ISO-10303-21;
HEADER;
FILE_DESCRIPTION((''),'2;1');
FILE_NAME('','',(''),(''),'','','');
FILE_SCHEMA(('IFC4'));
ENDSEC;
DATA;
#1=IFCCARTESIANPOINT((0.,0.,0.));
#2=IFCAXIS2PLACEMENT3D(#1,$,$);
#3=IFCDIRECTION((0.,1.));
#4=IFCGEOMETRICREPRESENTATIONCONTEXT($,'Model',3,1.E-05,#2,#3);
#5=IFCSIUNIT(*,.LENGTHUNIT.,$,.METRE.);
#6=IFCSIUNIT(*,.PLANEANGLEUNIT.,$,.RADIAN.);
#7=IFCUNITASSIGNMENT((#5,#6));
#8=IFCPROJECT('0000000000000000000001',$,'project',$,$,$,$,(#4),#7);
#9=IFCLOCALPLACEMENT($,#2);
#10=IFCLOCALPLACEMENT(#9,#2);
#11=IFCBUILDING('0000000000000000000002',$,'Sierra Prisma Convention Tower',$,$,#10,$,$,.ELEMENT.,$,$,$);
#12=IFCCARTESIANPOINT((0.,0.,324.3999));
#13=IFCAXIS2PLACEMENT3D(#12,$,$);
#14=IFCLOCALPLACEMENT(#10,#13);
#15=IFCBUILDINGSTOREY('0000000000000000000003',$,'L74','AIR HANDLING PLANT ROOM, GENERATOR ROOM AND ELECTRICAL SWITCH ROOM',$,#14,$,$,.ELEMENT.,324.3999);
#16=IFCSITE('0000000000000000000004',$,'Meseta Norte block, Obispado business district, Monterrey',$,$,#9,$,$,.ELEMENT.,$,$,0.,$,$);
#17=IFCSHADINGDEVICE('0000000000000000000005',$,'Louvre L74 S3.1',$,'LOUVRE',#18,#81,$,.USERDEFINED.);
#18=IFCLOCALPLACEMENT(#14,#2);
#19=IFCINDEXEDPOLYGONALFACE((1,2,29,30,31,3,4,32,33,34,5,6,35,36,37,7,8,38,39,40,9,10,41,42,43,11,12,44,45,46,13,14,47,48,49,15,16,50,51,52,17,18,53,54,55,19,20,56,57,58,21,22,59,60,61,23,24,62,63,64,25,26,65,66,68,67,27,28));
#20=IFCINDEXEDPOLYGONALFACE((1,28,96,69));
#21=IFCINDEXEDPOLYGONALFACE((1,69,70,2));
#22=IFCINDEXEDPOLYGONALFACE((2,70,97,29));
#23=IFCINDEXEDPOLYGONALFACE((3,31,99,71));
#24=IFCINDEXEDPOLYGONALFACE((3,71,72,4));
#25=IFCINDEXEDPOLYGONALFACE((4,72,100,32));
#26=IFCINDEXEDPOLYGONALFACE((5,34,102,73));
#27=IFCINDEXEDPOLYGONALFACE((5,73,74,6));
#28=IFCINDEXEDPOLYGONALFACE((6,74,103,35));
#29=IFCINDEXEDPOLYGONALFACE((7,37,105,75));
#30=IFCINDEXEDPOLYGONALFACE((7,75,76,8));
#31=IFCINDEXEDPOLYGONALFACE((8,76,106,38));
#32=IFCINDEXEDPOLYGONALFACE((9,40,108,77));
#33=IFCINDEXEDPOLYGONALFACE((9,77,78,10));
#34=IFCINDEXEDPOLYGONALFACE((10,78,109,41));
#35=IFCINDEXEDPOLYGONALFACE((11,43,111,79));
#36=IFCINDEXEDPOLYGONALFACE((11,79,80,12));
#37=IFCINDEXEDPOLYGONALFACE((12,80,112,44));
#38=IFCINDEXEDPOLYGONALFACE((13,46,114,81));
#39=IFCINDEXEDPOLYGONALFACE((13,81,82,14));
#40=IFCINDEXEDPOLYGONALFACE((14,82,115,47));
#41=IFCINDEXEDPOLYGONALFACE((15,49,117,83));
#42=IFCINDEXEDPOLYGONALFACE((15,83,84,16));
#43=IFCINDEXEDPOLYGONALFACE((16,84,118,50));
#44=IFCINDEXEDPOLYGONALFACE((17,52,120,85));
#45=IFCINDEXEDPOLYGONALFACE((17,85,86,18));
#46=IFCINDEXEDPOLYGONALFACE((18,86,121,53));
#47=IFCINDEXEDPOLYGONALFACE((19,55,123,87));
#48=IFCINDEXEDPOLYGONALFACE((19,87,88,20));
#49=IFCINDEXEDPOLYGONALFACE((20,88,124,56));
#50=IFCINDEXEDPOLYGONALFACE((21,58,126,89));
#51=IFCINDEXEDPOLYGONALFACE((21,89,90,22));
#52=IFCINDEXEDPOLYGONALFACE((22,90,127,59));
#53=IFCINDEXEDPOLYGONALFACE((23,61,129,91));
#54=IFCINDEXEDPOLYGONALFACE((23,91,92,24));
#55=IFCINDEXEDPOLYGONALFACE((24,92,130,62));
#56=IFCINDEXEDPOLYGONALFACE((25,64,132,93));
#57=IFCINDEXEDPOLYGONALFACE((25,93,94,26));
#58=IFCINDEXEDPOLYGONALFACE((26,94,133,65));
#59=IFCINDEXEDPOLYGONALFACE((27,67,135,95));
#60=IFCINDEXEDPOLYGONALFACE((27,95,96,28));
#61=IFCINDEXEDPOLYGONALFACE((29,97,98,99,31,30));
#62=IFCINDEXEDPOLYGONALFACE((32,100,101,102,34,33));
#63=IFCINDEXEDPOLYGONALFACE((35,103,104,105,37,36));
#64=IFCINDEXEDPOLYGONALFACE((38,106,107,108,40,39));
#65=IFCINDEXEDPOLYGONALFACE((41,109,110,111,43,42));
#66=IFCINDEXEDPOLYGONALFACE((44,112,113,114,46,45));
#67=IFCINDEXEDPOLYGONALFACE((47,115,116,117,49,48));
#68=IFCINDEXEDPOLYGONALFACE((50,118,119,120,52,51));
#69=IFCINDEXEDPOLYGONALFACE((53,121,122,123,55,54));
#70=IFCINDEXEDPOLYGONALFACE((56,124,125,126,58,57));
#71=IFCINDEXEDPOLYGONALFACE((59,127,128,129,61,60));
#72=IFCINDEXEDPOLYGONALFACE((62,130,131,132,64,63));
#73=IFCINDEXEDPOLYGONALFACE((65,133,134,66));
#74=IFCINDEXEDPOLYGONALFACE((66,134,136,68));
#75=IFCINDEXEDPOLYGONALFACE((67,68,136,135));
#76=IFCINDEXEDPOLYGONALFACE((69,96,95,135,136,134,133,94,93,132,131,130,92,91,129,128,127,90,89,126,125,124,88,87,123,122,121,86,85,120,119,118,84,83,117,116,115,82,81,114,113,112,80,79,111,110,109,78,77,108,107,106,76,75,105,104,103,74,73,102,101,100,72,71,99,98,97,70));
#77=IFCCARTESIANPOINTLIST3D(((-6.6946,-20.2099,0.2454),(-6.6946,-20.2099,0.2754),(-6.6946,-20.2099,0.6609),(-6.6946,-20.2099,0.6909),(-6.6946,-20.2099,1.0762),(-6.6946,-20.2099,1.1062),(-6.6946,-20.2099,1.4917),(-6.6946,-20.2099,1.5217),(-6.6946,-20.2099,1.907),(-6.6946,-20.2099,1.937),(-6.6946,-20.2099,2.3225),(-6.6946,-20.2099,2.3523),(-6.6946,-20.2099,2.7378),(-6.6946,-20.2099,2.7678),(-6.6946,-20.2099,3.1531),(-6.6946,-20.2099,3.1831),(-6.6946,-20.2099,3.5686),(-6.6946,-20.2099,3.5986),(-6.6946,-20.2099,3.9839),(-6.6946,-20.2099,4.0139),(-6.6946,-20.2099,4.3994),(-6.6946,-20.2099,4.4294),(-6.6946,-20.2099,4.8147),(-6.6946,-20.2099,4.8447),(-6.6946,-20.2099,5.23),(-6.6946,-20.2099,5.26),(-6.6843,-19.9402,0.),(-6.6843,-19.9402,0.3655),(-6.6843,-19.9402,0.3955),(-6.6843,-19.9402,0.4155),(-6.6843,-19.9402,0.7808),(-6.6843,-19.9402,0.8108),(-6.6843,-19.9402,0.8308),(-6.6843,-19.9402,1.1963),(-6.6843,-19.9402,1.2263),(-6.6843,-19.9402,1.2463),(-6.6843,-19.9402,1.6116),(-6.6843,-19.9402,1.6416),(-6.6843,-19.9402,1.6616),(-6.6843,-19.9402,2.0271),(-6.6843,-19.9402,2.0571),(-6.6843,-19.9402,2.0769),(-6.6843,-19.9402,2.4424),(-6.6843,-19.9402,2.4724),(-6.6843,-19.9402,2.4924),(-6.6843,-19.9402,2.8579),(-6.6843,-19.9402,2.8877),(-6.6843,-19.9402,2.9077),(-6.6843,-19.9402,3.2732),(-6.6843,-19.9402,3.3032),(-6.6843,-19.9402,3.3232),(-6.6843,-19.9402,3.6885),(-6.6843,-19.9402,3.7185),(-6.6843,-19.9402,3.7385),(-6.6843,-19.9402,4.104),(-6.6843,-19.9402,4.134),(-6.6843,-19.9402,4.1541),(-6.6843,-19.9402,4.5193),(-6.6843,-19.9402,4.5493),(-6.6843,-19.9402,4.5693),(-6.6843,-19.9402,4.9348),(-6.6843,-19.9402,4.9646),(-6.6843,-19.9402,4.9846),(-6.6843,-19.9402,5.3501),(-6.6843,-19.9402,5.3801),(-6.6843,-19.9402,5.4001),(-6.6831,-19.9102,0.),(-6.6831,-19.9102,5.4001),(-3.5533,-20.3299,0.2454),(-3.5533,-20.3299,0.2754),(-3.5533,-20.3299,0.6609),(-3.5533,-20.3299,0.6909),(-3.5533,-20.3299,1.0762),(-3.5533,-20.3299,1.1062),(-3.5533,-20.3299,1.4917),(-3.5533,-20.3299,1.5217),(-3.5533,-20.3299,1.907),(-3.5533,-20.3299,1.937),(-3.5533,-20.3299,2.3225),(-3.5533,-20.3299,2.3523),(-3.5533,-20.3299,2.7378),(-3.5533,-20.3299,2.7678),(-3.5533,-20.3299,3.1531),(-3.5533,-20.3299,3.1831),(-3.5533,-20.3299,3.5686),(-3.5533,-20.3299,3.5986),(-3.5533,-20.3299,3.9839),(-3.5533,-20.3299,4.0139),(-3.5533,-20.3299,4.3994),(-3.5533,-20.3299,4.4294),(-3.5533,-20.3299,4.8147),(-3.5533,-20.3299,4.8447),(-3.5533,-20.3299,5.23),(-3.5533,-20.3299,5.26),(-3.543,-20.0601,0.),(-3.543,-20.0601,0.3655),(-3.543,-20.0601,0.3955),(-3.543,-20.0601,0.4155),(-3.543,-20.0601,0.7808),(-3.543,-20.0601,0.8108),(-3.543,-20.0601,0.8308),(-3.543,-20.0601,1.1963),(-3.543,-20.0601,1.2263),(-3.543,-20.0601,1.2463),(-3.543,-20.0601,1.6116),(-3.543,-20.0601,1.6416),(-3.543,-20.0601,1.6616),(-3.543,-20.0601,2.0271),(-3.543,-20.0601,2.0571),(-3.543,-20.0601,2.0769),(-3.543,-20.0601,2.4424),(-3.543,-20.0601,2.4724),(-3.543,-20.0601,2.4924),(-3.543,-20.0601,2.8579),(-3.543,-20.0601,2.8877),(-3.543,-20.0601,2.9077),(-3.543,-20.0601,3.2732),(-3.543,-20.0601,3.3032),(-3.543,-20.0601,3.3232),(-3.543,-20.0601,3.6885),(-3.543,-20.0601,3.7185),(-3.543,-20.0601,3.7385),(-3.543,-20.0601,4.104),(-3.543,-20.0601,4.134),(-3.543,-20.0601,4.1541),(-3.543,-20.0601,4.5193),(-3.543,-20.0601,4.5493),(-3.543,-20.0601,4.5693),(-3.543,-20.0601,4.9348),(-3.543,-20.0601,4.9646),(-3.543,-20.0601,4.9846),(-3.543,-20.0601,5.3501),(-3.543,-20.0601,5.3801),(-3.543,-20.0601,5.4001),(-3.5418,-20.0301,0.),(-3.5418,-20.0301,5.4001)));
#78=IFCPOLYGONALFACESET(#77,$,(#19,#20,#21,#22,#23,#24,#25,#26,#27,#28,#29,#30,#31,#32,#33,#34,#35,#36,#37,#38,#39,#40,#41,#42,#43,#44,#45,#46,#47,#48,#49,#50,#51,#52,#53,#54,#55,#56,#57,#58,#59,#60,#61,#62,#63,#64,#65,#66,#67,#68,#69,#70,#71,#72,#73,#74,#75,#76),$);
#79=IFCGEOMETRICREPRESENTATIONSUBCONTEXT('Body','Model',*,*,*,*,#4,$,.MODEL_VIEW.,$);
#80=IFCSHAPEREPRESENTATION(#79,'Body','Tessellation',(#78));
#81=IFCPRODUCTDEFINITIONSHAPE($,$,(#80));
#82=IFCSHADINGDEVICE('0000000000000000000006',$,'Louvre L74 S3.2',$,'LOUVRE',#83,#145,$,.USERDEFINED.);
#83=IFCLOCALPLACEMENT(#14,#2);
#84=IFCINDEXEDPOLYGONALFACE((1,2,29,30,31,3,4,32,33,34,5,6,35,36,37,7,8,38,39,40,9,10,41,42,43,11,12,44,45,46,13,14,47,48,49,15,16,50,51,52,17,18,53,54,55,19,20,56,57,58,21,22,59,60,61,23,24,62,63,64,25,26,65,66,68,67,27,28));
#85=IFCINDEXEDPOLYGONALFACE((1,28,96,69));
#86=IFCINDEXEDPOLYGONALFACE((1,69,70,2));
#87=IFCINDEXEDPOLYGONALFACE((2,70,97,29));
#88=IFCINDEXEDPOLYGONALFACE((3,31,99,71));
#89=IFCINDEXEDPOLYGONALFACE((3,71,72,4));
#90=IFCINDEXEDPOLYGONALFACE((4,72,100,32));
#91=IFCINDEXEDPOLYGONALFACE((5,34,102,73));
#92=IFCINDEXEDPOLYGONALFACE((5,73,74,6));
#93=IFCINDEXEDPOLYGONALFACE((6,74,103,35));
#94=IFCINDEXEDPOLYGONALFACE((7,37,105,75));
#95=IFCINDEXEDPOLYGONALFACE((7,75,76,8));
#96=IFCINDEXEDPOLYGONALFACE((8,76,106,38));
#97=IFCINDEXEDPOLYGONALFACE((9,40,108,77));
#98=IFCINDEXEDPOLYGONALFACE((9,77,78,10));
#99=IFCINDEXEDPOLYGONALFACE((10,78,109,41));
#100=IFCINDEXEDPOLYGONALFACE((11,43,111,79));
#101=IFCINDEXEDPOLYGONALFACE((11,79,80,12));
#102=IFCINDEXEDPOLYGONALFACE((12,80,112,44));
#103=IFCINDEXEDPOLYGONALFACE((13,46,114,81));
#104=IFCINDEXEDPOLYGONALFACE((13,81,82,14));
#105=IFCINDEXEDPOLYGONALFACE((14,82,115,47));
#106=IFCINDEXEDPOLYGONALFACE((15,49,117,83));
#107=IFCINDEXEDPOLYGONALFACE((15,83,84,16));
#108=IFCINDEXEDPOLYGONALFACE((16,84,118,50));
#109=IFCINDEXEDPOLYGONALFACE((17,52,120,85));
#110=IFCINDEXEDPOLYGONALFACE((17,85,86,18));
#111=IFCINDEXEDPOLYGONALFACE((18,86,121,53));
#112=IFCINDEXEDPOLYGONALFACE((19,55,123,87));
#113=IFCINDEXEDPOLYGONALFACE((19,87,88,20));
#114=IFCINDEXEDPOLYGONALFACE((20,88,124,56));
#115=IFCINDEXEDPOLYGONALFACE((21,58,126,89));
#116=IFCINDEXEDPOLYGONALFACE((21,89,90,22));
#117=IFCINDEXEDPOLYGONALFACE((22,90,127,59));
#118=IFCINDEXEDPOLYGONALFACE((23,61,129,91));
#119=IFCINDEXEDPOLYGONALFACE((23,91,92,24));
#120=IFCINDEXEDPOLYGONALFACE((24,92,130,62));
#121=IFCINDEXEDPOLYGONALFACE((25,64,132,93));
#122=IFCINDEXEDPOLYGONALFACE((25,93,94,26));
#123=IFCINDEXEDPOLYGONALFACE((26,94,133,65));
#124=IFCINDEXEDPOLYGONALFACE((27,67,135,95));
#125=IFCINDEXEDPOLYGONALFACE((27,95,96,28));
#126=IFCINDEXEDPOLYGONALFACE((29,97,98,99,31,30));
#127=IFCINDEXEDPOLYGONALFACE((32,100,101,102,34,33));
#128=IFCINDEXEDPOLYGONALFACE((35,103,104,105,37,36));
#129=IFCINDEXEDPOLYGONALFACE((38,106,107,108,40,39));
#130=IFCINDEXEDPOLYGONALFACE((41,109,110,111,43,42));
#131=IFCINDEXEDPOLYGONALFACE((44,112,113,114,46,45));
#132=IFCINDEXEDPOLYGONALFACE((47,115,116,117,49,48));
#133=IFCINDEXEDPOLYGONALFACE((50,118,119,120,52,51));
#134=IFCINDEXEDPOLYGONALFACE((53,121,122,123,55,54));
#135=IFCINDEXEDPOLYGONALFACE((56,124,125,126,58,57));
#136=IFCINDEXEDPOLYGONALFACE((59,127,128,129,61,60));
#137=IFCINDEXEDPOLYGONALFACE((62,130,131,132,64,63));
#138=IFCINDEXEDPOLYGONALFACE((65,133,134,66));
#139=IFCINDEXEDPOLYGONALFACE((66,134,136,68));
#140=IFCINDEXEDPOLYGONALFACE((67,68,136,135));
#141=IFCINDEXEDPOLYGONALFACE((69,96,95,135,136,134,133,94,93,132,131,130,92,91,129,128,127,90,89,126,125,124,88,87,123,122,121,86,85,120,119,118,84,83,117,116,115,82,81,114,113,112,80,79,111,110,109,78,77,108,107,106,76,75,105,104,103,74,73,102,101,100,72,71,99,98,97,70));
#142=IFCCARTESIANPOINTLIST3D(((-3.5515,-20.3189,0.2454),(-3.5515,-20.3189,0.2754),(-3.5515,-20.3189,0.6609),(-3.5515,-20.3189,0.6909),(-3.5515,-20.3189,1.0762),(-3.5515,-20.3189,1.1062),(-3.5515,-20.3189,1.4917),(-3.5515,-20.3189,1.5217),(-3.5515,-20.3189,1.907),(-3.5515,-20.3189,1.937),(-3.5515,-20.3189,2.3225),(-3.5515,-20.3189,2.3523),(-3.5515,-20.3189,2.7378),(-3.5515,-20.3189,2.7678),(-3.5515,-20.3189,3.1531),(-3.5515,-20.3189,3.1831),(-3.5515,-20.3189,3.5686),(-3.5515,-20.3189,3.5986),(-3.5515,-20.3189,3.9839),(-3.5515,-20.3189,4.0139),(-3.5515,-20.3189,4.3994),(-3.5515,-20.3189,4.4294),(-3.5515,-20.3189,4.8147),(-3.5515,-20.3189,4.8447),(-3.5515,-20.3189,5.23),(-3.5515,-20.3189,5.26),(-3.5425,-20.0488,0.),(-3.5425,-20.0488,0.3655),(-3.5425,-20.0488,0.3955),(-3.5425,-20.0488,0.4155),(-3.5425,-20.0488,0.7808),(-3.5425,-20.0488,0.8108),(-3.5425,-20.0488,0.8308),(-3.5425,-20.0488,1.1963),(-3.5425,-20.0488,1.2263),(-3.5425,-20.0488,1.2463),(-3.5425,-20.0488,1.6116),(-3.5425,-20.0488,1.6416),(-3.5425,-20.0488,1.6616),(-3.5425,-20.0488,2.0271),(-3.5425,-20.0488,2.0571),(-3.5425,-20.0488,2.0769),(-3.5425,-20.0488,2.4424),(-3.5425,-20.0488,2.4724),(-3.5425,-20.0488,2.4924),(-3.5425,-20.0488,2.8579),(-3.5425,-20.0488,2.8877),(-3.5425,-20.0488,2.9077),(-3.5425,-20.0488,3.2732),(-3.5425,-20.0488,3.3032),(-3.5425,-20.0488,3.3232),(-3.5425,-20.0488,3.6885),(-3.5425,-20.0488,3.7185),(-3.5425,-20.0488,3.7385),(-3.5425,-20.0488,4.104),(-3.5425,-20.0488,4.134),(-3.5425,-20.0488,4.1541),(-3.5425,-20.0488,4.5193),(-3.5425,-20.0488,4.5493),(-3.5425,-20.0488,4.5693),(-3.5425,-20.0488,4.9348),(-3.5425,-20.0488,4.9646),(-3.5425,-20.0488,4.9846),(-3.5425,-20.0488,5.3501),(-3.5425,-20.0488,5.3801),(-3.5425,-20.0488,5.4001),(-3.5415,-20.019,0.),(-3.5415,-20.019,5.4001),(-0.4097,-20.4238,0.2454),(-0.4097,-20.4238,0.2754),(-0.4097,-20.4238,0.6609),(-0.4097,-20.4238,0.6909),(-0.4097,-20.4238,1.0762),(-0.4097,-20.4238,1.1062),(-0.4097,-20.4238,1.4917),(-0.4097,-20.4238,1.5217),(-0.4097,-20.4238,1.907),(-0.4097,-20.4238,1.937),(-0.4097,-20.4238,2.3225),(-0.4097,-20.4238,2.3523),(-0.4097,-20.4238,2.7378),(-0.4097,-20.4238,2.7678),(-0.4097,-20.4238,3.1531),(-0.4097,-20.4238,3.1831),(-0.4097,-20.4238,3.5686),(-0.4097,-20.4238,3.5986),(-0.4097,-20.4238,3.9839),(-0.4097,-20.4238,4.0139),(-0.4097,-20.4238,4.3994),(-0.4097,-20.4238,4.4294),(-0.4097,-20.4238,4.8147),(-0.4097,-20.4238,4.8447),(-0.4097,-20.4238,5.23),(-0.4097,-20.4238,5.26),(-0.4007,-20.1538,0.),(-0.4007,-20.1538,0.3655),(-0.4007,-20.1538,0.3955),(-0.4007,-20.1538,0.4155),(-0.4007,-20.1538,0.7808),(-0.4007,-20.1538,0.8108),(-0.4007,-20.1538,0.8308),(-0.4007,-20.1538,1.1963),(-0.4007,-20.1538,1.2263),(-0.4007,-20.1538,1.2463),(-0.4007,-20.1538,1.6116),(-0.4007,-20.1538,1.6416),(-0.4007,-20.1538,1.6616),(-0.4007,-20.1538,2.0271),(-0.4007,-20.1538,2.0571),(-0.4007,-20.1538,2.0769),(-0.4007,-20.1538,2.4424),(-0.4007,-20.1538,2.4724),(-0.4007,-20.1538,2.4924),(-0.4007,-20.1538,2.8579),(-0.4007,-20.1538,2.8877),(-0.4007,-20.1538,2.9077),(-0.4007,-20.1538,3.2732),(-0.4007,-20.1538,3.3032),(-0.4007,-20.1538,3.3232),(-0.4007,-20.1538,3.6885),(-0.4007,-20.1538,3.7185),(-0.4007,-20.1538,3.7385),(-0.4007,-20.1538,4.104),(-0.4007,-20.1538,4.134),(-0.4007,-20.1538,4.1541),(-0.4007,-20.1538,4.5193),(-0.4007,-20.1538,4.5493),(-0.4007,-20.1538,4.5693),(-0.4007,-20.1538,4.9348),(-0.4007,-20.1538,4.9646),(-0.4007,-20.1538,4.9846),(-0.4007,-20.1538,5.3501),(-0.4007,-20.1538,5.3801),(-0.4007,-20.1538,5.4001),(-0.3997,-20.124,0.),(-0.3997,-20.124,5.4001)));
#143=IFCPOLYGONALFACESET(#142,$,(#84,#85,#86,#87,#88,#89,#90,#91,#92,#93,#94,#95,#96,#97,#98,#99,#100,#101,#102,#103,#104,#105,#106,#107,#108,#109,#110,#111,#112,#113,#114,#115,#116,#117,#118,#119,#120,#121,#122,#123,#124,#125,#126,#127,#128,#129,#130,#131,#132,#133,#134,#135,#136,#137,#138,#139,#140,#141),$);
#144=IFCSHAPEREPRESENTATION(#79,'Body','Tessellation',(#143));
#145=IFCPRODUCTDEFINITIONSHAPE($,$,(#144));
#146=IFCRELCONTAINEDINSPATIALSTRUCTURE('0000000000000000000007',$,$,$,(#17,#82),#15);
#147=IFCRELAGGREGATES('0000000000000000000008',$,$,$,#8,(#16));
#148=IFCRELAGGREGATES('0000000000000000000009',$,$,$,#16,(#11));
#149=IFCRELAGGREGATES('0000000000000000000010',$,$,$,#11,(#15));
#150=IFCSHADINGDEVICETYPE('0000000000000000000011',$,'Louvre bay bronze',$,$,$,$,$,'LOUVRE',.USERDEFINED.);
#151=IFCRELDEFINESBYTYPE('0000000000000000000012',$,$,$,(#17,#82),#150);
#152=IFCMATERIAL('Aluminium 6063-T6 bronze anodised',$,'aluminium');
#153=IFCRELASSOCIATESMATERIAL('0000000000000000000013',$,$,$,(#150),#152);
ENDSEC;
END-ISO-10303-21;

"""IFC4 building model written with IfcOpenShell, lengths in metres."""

from ifc_helpers import new_model, si_unit, direction, frame, origin, place, context, subcontext, project, spatial, polyline, outline, extrude, material, type_object, element, save


model = new_model("IFC4")

# Units and contexts
model_context = context("Model", 3, precision=1e-05, world=origin(), true_north=direction((0.0, 1.0)))
body_context = subcontext(model_context, "Body", "Model", "MODEL_VIEW")
ifc_project = project(units=[si_unit("LENGTHUNIT", "METRE"), si_unit("PLANEANGLEUNIT", "RADIAN")], contexts=[model_context])

# Site, building, storey
site_placement = place(None, origin())
site = spatial("IfcSite", under=ifc_project, at=site_placement, Name="Meseta Norte block, Obispado business district, Monterrey", CompositionType="ELEMENT", RefElevation=0.0)
building_placement = place(site_placement, origin())
building = spatial("IfcBuilding", under=site, at=building_placement, Name="Sierra Prisma Convention Tower", CompositionType="ELEMENT")
storey_placement = place(building_placement, frame((0.0, 0.0, 324.3999)))
storey = spatial("IfcBuildingStorey", under=building, at=storey_placement, Name="L74", Description="AIR HANDLING PLANT ROOM, GENERATOR ROOM AND ELECTRICAL SWITCH ROOM", CompositionType="ELEMENT", Elevation=324.3999)

# Shading devices
ifc_material_1 = material(Name="Aluminium 6063-T6 bronze anodised", Category="aluminium")
shading_device_type = type_object("IfcShadingDeviceType", Name="Louvre bay bronze", ElementType="LOUVRE", PredefinedType="USERDEFINED", material=ifc_material_1)
shading_device_1_placement = place(storey_placement, frame((-6.6831, -19.9102, 0.0), z_axis=(-0.999272, 0.038159, 0.0), x_axis=(0.0, 0.0, 1.0)))
element("IfcShadingDevice", 1, at=shading_device_1_placement, inside=storey, type_object=shading_device_type, Name="Louvre L74 S3.1", ObjectType="LOUVRE", PredefinedType="USERDEFINED", context=body_context, shape_type="SweptSolid", body=[
    extrude(outline(polyline([(0.0, 0.0), (5.4001, 0.0), (5.4001, -0.0301), (5.3801, -0.0301), (5.26, -0.3), (5.23, -0.3), (5.3501, -0.0301), (4.9846, -0.0301), (4.9646, -0.0301), (4.8447, -0.3), (4.8147, -0.3), (4.9348, -0.0301), (4.5693, -0.0301), (4.5493, -0.0301), (4.4294, -0.3), (4.3994, -0.3), (4.5193, -0.0301), (4.1541, -0.0301), (4.134, -0.0301), (4.0139, -0.3), (3.9839, -0.3), (4.104, -0.0301), (3.7385, -0.0301), (3.7185, -0.0301), (3.5986, -0.3), (3.5686, -0.3), (3.6885, -0.0301), (3.3232, -0.0301), (3.3032, -0.0301), (3.1831, -0.3), (3.1531, -0.3), (3.2732, -0.0301), (2.9077, -0.0301), (2.8877, -0.0301), (2.7678, -0.3), (2.7378, -0.3), (2.8579, -0.0301), (2.4924, -0.0301), (2.4724, -0.0301), (2.3523, -0.3), (2.3225, -0.3), (2.4424, -0.0301), (2.0769, -0.0301), (2.0571, -0.0301), (1.937, -0.3), (1.907, -0.3), (2.0271, -0.0301), (1.6616, -0.0301), (1.6416, -0.0301), (1.5217, -0.3), (1.4917, -0.3), (1.6116, -0.0301), (1.2463, -0.0301), (1.2263, -0.0301), (1.1062, -0.3), (1.0762, -0.3), (1.1963, -0.0301), (0.8308, -0.0301), (0.8108, -0.0301), (0.6909, -0.3), (0.6609, -0.3), (0.7808, -0.0301), (0.4155, -0.0301), (0.3955, -0.0301), (0.2754, -0.3), (0.2454, -0.3), (0.3655, -0.0301), (0.0, -0.0301), (0.0, 0.0)])), origin(), (0.0, 0.0, -1.0), 3.1436),
])
shading_device_2_placement = place(storey_placement, frame((-3.5415, -20.019, 0.0), z_axis=(-0.999442, 0.03339, 0.0), x_axis=(0.0, 0.0, 1.0)))
element("IfcShadingDevice", 2, at=shading_device_2_placement, inside=storey, type_object=shading_device_type, Name="Louvre L74 S3.2", ObjectType="LOUVRE", PredefinedType="USERDEFINED", context=body_context, shape_type="SweptSolid", body=[
    extrude(outline(polyline([(0.0, 0.0), (5.4001, 0.0), (5.4001, -0.0298), (5.3801, -0.0298), (5.26, -0.3), (5.23, -0.3), (5.3501, -0.0298), (4.9846, -0.0298), (4.9646, -0.0298), (4.8447, -0.3), (4.8147, -0.3), (4.9348, -0.0298), (4.5693, -0.0298), (4.5493, -0.0298), (4.4294, -0.3), (4.3994, -0.3), (4.5193, -0.0298), (4.1541, -0.0298), (4.134, -0.0298), (4.0139, -0.3), (3.9839, -0.3), (4.104, -0.0298), (3.7385, -0.0298), (3.7185, -0.0298), (3.5986, -0.3), (3.5686, -0.3), (3.6885, -0.0298), (3.3232, -0.0298), (3.3032, -0.0298), (3.1831, -0.3), (3.1531, -0.3), (3.2732, -0.0298), (2.9077, -0.0298), (2.8877, -0.0298), (2.7678, -0.3), (2.7378, -0.3), (2.8579, -0.0298), (2.4924, -0.0298), (2.4724, -0.0298), (2.3523, -0.3), (2.3225, -0.3), (2.4424, -0.0298), (2.0769, -0.0298), (2.0571, -0.0298), (1.937, -0.3), (1.907, -0.3), (2.0271, -0.0298), (1.6616, -0.0298), (1.6416, -0.0298), (1.5217, -0.3), (1.4917, -0.3), (1.6116, -0.0298), (1.2463, -0.0298), (1.2263, -0.0298), (1.1062, -0.3), (1.0762, -0.3), (1.1963, -0.0298), (0.8308, -0.0298), (0.8108, -0.0298), (0.6909, -0.3), (0.6609, -0.3), (0.7808, -0.0298), (0.4155, -0.0298), (0.3955, -0.0298), (0.2754, -0.3), (0.2454, -0.3), (0.3655, -0.0298), (0.0, -0.0298), (0.0, 0.0)])), origin(), (0.0, 0.0, -1.0), 3.1436),
])

save(model, "model.ifc")
